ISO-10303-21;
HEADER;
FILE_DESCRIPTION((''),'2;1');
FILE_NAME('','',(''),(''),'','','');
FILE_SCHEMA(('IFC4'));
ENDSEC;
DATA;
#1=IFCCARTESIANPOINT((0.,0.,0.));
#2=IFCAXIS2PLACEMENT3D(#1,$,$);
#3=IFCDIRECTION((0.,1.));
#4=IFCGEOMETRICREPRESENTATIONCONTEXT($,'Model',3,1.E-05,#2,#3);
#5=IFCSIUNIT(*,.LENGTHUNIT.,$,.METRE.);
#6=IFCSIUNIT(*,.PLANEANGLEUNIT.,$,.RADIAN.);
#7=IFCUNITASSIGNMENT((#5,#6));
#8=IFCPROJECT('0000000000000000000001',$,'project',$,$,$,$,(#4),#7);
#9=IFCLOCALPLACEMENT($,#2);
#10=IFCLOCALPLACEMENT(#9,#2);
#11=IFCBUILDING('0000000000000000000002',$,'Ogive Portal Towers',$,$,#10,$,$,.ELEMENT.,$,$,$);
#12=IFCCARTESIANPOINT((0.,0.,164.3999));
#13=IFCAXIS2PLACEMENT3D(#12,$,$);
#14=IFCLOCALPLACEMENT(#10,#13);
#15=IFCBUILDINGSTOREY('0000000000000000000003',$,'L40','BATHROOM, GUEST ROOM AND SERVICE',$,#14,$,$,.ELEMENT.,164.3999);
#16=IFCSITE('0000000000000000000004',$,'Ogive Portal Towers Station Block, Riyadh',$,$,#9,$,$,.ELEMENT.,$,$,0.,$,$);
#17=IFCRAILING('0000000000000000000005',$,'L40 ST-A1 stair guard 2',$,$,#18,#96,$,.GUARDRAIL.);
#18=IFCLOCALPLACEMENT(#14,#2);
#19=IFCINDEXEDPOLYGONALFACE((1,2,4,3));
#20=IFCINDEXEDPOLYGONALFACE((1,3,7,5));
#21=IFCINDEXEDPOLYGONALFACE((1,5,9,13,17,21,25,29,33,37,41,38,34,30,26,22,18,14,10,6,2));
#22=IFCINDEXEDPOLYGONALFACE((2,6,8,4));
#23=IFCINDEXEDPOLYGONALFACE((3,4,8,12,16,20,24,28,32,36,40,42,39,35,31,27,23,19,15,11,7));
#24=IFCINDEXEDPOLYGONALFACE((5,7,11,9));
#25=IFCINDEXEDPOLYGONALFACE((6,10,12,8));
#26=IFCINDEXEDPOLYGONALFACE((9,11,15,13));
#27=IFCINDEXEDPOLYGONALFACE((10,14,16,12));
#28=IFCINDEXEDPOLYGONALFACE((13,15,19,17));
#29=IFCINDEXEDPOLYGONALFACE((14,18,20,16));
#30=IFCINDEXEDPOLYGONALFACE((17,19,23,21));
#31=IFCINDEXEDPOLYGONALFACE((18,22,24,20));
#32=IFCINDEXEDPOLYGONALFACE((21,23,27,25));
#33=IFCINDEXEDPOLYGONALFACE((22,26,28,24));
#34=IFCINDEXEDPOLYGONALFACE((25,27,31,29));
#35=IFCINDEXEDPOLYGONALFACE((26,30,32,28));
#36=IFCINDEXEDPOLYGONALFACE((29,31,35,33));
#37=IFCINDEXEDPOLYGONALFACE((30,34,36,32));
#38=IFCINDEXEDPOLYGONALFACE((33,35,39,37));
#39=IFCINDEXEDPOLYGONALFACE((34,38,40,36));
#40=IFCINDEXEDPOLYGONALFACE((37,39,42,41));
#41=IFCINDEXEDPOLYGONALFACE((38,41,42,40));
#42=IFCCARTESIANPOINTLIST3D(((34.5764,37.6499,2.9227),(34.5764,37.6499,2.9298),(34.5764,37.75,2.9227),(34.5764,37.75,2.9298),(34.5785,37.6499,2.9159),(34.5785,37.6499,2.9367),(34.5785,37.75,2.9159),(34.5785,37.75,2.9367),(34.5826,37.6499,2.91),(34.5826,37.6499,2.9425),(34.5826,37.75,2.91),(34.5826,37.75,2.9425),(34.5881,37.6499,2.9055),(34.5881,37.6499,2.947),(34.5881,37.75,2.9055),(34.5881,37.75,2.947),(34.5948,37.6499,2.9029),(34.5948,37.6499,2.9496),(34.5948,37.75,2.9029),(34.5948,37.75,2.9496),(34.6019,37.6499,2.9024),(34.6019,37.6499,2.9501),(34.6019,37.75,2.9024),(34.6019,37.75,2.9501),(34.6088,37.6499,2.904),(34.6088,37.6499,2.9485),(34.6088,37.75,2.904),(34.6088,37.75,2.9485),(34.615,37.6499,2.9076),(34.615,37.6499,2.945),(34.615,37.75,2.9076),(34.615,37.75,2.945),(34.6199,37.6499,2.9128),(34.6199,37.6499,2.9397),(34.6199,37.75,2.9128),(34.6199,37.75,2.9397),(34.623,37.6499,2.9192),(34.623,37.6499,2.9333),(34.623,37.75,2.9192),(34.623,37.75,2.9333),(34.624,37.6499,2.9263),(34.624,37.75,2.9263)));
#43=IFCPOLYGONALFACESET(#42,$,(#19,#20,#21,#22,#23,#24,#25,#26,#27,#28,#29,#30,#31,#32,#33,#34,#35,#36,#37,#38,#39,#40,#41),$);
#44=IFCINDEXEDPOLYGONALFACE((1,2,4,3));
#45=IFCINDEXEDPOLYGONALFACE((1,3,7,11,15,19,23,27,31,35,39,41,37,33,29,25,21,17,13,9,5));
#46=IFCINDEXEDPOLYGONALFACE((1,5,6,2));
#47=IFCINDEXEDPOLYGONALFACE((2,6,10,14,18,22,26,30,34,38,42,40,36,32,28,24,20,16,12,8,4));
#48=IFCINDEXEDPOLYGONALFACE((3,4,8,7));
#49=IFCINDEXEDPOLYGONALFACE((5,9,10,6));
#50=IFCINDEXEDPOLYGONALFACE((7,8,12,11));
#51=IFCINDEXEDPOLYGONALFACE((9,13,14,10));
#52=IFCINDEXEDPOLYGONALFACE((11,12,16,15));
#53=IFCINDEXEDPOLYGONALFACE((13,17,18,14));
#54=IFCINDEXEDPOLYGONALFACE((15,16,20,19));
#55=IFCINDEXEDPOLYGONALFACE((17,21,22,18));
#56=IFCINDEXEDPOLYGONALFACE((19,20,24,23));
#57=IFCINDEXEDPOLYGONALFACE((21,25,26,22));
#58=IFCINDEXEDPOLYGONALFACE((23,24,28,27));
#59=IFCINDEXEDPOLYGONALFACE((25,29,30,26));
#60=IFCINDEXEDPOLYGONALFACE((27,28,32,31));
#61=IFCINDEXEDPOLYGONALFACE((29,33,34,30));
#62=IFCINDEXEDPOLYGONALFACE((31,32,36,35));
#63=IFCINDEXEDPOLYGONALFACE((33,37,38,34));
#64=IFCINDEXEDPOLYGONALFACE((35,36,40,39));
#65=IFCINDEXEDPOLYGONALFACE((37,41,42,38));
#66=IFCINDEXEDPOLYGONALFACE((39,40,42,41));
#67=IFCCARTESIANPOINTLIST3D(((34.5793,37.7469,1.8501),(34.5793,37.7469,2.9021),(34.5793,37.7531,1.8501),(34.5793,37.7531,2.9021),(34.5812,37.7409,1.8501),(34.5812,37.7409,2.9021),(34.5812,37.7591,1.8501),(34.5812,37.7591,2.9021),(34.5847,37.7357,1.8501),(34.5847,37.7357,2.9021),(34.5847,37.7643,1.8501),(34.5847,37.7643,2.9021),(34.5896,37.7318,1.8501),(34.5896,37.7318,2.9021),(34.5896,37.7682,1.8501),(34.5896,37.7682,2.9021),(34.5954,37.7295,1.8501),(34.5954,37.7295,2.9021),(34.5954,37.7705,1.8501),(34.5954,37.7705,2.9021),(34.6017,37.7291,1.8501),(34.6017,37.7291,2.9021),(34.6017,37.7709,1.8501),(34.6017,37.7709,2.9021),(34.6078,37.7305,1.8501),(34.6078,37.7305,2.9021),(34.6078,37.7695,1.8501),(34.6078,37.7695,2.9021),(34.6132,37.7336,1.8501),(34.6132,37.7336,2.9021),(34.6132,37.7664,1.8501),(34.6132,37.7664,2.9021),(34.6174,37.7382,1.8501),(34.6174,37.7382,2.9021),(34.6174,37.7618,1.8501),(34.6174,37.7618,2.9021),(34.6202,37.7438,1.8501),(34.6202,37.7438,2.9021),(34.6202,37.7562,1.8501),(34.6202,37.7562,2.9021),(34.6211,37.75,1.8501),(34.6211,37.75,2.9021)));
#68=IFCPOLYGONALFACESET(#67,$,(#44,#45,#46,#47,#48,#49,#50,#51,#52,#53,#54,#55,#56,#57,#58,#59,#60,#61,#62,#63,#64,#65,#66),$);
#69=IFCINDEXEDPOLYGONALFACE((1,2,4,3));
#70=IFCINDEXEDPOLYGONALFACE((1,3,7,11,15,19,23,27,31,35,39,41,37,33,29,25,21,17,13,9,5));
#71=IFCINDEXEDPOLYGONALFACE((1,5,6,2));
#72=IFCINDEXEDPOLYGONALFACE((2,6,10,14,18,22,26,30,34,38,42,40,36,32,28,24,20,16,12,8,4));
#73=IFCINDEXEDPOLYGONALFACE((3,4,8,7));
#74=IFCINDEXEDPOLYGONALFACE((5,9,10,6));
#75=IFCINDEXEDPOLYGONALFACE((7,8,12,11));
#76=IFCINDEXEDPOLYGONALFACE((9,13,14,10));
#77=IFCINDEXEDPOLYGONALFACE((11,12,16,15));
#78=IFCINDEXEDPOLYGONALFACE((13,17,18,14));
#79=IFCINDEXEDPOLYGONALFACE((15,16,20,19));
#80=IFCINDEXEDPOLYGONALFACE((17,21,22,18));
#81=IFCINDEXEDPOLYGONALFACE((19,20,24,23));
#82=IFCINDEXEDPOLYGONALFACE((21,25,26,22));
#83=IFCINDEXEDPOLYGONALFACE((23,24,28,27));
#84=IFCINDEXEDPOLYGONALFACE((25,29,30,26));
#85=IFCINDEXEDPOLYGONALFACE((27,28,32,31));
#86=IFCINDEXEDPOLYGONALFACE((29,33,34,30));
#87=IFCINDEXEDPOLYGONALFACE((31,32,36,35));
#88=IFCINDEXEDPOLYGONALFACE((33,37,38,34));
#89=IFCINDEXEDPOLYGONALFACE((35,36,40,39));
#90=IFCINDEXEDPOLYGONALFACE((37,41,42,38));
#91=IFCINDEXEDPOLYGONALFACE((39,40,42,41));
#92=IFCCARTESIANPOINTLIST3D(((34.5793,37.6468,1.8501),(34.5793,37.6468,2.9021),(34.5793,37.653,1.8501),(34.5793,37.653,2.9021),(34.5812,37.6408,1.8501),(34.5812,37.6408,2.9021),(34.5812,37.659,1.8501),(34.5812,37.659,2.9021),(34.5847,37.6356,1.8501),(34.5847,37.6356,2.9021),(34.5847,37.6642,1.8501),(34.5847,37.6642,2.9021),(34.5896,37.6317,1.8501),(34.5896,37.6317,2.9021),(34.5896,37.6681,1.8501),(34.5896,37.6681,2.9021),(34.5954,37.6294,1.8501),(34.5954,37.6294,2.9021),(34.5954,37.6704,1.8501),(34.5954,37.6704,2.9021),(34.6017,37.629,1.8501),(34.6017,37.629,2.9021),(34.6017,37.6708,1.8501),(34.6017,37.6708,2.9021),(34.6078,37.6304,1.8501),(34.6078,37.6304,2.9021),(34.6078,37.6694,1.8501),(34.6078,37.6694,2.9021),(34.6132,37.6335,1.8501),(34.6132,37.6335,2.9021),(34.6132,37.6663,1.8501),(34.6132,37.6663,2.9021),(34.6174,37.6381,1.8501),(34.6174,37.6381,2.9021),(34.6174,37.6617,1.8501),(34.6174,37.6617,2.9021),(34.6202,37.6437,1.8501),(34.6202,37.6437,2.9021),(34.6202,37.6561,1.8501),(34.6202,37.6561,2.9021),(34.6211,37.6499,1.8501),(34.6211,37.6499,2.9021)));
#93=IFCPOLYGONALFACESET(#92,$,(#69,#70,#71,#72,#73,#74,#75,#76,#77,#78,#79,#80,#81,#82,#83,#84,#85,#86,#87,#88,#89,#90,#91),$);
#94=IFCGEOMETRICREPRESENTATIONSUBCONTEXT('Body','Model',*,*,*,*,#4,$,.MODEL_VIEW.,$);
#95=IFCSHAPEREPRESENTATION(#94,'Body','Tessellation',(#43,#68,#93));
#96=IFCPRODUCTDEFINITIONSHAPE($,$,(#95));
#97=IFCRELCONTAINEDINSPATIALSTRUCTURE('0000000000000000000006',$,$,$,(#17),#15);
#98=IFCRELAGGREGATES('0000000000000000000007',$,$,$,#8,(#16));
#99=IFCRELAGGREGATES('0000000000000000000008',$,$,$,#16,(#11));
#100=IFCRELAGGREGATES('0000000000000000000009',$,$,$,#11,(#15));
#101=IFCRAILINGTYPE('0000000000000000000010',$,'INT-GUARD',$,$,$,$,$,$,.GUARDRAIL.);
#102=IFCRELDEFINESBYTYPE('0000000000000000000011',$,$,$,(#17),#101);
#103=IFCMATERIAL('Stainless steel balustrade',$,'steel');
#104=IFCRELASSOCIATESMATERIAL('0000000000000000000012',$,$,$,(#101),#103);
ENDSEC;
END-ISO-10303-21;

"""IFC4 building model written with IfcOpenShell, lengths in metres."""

from ifc_helpers import new_model, si_unit, direction, frame, origin, origin_2d, place, context, subcontext, project, spatial, circle, extrude, material, type_object, element, save


model = new_model("IFC4")

# Units and contexts
model_context = context("Model", 3, precision=1e-05, world=origin(), true_north=direction((0.0, 1.0)))
body_context = subcontext(model_context, "Body", "Model", "MODEL_VIEW")
ifc_project = project(units=[si_unit("LENGTHUNIT", "METRE"), si_unit("PLANEANGLEUNIT", "RADIAN")], contexts=[model_context])

# Site, building, storey
site_placement = place(None, origin())
site = spatial("IfcSite", under=ifc_project, at=site_placement, Name="Ogive Portal Towers Station Block, Riyadh", CompositionType="ELEMENT", RefElevation=0.0)
building_placement = place(site_placement, origin())
building = spatial("IfcBuilding", under=site, at=building_placement, Name="Ogive Portal Towers", CompositionType="ELEMENT")
storey_placement = place(building_placement, frame((0.0, 0.0, 164.3999)))
storey = spatial("IfcBuildingStorey", under=building, at=storey_placement, Name="L40", Description="BATHROOM, GUEST ROOM AND SERVICE", CompositionType="ELEMENT", Elevation=164.3999)

# Railing
ifc_material_1 = material(Name="Stainless steel balustrade", Category="steel")
railing_type_1 = type_object("IfcRailingType", Name="INT-GUARD", PredefinedType="GUARDRAIL", material=ifc_material_1)
railing_1_placement = place(storey_placement, frame((34.6001, 37.75, 1.8501)))
element("IfcRailing", 1, at=railing_1_placement, inside=storey, type_object=railing_type_1, Name="L40 ST-A1 stair guard 2", PredefinedType="GUARDRAIL", context=body_context, shape_type="SweptSolid", body=[
    extrude(circle(Radius=0.0239, at=origin_2d()), frame((0.0, 0.0, 1.0762), z_axis=(0.0, -1.0, 0.0), x_axis=(1.0, 0.0, 0.0)), (0.0, 0.0, 1.0), 0.1001),
    extrude(circle(Radius=0.021, at=origin_2d()), origin(), (0.0, 0.0, 1.0), 1.052),
    extrude(circle(Radius=0.021, at=origin_2d()), frame((0.0, -0.1001, 0.0)), (0.0, 0.0, 1.0), 1.052),
])

save(model, "model.ifc")
